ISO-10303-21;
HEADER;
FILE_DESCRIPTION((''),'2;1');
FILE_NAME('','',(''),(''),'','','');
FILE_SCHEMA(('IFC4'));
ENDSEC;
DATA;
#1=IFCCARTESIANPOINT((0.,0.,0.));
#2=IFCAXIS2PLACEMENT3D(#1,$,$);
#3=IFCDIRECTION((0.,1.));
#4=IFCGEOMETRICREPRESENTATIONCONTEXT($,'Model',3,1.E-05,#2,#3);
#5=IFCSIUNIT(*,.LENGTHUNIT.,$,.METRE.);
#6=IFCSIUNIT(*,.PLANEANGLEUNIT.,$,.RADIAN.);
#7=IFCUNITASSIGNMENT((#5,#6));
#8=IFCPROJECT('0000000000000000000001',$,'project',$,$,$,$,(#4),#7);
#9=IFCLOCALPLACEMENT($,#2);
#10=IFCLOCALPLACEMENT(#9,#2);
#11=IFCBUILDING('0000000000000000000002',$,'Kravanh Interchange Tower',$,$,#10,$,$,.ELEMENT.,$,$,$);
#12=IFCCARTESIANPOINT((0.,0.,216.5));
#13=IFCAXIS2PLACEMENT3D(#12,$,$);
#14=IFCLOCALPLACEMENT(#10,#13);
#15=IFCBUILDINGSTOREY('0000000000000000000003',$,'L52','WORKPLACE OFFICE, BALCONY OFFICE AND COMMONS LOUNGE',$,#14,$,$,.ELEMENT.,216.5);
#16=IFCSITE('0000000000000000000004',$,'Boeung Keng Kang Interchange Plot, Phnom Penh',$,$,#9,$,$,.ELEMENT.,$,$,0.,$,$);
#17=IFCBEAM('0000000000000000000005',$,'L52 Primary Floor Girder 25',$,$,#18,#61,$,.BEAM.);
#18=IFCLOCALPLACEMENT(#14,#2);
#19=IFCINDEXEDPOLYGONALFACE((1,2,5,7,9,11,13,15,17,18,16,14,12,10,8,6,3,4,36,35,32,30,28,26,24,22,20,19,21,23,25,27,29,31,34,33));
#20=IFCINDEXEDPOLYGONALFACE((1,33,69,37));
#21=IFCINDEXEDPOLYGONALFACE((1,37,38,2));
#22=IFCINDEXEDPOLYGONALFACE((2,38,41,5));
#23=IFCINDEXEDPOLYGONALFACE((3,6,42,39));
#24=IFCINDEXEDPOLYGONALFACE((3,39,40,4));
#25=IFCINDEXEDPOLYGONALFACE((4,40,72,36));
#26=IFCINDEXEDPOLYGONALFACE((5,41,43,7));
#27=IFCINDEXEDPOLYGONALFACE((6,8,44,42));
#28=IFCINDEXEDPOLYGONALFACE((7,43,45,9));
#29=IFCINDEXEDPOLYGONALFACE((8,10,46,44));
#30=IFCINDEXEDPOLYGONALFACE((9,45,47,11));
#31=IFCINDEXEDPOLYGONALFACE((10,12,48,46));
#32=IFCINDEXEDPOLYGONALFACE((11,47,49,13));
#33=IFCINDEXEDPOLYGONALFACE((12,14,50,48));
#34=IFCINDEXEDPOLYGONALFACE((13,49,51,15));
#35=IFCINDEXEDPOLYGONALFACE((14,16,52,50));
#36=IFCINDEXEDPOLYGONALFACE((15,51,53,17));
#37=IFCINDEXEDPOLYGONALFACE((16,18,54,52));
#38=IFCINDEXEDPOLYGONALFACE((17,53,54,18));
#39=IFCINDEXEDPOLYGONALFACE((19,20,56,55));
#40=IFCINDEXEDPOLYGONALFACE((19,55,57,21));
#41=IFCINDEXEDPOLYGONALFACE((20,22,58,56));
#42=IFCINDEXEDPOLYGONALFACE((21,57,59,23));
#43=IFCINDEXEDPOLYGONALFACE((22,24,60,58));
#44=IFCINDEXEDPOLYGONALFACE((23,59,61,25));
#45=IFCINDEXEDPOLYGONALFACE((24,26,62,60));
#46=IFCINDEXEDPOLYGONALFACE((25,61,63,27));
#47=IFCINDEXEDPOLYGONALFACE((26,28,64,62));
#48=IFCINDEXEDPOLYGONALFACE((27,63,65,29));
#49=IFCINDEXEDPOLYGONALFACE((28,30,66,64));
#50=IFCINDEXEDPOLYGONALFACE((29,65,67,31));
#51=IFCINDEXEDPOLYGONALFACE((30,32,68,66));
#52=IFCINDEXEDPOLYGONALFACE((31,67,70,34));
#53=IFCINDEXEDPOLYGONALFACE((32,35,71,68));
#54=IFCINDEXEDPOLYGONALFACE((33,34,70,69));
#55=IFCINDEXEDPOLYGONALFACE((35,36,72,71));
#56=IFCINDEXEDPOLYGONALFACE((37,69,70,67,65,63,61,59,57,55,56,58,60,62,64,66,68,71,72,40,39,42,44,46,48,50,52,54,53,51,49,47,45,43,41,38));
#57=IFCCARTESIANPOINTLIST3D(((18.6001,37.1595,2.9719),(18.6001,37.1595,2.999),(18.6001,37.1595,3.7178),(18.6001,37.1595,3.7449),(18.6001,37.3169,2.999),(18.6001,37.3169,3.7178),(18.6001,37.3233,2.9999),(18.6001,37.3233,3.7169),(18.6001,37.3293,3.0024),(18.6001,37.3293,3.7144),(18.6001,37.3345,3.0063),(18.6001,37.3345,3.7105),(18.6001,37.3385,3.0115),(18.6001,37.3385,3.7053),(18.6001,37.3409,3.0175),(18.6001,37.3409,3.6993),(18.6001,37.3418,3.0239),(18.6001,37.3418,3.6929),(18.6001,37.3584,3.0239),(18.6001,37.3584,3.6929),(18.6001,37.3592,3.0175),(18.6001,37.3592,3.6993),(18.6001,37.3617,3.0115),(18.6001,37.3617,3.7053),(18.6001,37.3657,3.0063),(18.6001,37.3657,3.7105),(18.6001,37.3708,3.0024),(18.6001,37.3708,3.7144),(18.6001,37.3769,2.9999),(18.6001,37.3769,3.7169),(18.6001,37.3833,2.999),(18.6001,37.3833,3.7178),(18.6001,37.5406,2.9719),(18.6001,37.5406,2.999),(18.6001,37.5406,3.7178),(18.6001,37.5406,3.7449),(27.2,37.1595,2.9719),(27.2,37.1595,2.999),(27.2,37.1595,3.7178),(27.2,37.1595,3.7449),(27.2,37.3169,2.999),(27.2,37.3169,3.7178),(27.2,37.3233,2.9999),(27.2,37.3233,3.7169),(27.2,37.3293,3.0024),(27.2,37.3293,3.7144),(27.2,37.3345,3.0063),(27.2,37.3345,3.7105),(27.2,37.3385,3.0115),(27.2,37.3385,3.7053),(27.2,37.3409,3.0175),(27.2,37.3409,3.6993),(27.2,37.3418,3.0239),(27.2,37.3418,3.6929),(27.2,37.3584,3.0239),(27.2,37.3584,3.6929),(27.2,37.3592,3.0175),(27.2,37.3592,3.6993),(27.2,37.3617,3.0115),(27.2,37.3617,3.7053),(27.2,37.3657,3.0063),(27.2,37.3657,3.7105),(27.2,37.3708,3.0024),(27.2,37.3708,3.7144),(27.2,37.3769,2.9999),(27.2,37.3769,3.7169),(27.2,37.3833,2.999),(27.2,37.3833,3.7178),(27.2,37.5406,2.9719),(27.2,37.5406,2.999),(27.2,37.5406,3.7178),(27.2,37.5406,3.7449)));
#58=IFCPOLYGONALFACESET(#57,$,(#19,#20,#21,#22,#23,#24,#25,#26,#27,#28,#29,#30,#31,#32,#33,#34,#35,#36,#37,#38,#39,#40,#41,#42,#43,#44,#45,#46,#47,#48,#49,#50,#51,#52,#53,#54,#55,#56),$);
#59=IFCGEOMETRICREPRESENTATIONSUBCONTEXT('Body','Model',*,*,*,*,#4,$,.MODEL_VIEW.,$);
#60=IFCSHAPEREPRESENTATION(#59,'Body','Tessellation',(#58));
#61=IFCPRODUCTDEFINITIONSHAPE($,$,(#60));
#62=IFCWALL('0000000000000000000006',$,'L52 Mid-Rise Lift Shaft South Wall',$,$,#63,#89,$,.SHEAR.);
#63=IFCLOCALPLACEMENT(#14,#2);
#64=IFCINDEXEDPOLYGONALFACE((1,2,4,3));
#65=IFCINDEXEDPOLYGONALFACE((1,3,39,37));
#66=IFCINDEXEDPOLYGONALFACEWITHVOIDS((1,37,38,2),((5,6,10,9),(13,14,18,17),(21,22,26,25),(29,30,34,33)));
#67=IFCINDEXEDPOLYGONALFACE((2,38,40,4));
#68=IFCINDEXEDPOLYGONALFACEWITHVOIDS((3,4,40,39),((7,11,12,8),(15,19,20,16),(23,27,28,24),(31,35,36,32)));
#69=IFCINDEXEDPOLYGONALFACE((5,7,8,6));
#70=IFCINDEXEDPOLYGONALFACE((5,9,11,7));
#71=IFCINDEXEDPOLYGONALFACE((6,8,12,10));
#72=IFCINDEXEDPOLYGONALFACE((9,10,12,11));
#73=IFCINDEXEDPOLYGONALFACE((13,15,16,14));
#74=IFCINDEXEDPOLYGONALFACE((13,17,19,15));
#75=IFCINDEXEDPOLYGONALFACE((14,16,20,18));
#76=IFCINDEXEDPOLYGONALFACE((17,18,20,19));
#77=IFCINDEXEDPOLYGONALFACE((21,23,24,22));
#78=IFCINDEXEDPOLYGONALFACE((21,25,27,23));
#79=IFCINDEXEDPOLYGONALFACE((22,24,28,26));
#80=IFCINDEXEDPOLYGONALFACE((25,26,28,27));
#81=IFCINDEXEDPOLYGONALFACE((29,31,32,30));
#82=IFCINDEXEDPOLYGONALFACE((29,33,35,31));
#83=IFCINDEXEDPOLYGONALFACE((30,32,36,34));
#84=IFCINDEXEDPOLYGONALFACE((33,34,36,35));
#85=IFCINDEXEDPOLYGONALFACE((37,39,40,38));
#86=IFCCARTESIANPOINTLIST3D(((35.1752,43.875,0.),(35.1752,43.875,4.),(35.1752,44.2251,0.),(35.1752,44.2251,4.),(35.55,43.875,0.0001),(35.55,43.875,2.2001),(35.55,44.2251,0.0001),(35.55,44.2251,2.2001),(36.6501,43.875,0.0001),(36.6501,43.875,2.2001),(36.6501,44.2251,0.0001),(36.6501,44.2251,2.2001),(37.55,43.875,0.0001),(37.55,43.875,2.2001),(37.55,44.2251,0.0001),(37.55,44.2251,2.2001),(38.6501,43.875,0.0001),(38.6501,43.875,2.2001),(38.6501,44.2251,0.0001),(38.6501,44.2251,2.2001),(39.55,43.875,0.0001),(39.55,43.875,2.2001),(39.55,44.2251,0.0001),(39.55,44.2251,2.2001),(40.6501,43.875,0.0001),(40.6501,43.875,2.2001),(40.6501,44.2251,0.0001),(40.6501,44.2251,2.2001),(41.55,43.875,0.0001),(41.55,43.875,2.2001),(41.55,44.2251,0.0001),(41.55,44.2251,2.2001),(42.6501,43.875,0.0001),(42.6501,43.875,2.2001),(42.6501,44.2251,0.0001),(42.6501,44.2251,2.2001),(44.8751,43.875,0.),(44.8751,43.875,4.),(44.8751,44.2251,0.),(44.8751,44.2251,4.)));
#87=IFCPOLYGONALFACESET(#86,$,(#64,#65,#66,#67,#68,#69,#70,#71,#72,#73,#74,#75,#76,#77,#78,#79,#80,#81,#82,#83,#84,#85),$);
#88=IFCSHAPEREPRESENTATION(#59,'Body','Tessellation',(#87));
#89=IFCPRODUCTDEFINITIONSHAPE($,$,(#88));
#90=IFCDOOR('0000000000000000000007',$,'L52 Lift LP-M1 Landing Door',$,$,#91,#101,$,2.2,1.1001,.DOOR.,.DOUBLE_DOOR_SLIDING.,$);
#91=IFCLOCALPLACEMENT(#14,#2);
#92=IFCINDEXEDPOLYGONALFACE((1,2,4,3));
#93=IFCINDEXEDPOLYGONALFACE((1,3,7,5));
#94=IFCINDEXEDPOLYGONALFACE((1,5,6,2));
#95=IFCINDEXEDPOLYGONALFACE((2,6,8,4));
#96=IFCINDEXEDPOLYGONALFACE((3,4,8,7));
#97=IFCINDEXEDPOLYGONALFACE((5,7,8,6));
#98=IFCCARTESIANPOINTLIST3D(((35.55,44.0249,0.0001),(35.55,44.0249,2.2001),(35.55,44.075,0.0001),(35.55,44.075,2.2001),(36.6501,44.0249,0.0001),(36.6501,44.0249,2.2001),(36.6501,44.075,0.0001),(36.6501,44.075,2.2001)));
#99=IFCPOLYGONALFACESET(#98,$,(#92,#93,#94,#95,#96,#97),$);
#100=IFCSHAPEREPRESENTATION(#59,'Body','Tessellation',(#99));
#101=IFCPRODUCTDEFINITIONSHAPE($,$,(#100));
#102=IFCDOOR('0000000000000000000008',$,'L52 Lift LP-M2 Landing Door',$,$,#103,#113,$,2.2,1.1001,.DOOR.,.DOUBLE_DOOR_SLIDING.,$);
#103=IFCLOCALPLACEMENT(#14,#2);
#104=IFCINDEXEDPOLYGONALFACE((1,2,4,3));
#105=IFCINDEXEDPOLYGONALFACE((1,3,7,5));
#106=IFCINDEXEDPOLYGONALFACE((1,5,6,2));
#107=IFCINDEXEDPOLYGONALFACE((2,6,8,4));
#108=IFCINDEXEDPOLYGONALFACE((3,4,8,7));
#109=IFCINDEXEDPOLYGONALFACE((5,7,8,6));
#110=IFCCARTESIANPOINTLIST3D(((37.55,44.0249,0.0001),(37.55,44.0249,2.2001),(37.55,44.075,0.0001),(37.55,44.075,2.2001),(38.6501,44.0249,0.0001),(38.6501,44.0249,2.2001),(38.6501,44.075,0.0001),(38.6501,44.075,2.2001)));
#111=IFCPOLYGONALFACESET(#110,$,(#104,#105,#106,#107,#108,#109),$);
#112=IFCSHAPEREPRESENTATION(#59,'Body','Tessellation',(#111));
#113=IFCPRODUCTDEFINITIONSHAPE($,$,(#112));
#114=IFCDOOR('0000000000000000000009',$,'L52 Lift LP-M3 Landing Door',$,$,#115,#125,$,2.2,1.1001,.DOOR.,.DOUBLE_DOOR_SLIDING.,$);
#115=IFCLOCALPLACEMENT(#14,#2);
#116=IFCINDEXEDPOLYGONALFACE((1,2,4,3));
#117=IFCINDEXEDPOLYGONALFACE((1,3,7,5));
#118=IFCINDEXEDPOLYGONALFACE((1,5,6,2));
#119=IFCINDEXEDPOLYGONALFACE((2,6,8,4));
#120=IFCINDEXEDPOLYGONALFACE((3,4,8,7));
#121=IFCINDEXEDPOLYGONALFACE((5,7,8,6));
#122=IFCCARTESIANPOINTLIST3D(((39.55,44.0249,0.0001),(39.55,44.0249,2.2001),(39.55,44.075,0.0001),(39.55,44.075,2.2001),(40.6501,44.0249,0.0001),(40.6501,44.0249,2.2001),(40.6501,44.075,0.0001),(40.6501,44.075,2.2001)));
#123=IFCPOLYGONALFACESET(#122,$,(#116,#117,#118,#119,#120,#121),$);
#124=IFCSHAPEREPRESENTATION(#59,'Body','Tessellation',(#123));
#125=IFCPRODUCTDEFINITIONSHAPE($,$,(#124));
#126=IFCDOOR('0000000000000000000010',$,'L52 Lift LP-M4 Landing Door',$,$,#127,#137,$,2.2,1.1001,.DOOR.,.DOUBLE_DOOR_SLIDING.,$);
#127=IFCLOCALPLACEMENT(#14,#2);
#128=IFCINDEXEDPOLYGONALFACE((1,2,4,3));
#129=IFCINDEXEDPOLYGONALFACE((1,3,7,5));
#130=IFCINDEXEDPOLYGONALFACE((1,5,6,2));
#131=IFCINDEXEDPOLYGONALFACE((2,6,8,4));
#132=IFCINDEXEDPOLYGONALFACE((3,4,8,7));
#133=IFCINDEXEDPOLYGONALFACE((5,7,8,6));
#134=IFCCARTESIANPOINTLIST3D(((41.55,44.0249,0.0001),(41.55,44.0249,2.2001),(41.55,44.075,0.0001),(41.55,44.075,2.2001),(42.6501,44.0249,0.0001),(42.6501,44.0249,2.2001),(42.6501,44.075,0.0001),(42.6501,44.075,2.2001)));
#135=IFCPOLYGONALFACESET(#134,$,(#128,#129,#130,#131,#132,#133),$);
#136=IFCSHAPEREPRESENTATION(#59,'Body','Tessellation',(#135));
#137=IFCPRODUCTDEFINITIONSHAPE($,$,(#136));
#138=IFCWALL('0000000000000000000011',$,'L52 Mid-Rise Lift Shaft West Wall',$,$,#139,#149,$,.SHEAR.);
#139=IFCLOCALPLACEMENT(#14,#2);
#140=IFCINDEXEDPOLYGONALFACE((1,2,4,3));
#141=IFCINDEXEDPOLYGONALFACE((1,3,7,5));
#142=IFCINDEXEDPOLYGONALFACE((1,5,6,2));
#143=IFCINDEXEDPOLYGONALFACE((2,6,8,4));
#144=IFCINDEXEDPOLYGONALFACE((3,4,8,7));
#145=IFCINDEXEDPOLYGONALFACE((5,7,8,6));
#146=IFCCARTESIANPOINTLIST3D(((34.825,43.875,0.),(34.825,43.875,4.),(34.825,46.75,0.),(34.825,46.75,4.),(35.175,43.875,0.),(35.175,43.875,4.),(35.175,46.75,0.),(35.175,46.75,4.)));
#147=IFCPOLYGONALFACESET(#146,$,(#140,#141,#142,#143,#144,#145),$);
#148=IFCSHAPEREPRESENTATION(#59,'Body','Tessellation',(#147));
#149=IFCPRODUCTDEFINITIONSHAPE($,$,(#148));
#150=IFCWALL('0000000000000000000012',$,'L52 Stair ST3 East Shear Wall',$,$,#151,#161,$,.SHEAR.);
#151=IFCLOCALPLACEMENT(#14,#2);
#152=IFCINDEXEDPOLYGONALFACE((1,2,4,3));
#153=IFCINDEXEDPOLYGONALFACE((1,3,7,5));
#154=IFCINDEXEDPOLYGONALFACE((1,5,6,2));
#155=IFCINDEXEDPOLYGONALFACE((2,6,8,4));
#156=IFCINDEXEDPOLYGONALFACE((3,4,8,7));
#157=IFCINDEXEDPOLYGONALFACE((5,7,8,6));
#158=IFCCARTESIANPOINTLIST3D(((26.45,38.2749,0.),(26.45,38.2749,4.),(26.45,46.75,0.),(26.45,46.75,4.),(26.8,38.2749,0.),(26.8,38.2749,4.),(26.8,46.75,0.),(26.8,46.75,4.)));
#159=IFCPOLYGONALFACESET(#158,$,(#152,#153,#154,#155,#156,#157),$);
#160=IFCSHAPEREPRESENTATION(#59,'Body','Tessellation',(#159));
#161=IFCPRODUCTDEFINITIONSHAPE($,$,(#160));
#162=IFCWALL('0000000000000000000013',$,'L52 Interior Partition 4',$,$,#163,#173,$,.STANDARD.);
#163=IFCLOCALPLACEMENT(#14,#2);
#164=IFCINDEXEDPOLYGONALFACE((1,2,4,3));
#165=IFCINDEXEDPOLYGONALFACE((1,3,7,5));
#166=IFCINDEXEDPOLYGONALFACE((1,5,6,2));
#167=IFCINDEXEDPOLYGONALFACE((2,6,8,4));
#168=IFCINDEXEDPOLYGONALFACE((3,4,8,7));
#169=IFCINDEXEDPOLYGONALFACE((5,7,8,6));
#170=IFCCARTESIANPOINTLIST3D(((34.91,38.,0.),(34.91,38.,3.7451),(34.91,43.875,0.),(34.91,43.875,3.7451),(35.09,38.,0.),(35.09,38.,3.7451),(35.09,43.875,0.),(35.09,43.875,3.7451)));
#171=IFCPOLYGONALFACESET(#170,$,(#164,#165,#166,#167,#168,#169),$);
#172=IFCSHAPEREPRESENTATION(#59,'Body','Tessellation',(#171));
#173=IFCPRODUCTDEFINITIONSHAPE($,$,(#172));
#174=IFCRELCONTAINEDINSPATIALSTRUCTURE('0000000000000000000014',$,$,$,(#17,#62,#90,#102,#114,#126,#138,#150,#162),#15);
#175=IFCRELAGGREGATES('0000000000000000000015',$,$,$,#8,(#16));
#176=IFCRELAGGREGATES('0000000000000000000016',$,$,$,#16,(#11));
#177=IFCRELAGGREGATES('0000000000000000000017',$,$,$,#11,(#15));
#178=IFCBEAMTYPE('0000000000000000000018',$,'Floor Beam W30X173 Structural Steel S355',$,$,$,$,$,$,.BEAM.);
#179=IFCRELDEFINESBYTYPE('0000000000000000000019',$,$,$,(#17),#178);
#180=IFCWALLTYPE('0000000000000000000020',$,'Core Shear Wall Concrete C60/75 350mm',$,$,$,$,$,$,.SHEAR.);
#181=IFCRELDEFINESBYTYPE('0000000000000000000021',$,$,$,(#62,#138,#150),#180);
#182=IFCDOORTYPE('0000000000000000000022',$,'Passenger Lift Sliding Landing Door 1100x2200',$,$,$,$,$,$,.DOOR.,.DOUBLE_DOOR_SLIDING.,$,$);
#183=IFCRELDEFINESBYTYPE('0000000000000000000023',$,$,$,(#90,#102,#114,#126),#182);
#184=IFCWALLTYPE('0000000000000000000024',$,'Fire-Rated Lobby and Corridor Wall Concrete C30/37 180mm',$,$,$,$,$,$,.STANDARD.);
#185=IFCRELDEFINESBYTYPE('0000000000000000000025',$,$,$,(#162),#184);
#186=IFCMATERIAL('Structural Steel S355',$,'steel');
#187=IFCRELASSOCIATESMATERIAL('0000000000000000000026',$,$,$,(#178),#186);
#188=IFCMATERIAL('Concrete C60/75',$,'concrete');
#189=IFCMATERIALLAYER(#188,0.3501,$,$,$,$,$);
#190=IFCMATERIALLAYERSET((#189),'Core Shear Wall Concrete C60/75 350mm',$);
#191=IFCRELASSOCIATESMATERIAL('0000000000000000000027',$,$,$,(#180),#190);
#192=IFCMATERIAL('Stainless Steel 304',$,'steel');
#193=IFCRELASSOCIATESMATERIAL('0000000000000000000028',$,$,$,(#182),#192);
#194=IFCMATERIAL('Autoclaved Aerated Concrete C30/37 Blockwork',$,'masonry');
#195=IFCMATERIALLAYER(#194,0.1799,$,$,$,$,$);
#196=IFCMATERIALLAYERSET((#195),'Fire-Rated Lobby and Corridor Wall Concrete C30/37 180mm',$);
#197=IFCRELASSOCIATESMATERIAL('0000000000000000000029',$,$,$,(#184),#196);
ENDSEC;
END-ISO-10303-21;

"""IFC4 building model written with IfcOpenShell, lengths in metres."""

from ifc_helpers import new_model, si_unit, direction, frame, frame_2d, origin, origin_2d, place, context, subcontext, project, spatial, rectangle, i_section, extrude, material, layer, layer_set, material_profile, profile_set, type_object, element, fill, save


model = new_model("IFC4")

# Units and contexts
model_context = context("Model", 3, precision=1e-05, world=origin(), true_north=direction((0.0, 1.0)))
body_context = subcontext(model_context, "Body", "Model", "MODEL_VIEW")
ifc_project = project(units=[si_unit("LENGTHUNIT", "METRE"), si_unit("PLANEANGLEUNIT", "RADIAN")], contexts=[model_context])

# Site, building, storey
site_placement = place(None, origin())
site = spatial("IfcSite", under=ifc_project, at=site_placement, Name="Boeung Keng Kang Interchange Plot, Phnom Penh", CompositionType="ELEMENT", RefElevation=0.0)
building_placement = place(site_placement, origin())
building = spatial("IfcBuilding", under=site, at=building_placement, Name="Kravanh Interchange Tower", CompositionType="ELEMENT")
storey_placement = place(building_placement, frame((0.0, 0.0, 216.5)))
storey = spatial("IfcBuildingStorey", under=building, at=storey_placement, Name="L52", Description="WORKPLACE OFFICE, BALCONY OFFICE AND COMMONS LOUNGE", CompositionType="ELEMENT", Elevation=216.5)

# Beam
ifc_material_1 = material(Name="Structural Steel S355", Category="steel")
ifc_material_profile_1 = material_profile(ifc_material_1, i_section(OverallWidth=0.3811, OverallDepth=0.7729, WebThickness=0.0166, FlangeThickness=0.0271, FilletRadius=0.0249, at=origin_2d()), Name="W30X173")
ifc_profile_set_1 = profile_set([ifc_material_profile_1], Name="Structural Steel S355")
beam_type = type_object("IfcBeamType", Name="Floor Beam W30X173 Structural Steel S355", PredefinedType="BEAM", material=ifc_profile_set_1)
beam_1_placement = place(storey_placement, frame((27.2, 37.3501, 3.3584), z_axis=(-1.0, 0.0, 0.0), x_axis=(0.0, -1.0, 0.0)))
element("IfcBeam", 1, at=beam_1_placement, inside=storey, type_object=beam_type, Name="L52 Primary Floor Girder 25", PredefinedType="BEAM", context=body_context, shape_type="SweptSolid", body=[
    extrude(i_section(OverallWidth=0.3811, OverallDepth=0.7729, WebThickness=0.0166, FlangeThickness=0.0271, FilletRadius=0.0249, at=origin_2d()), origin(), (0.0, 0.0, 1.0), 8.5999),
])

# Wall, openings, doors
ifc_material_2 = material(Name="Concrete C60/75", Category="concrete")
ifc_layer_1 = layer(ifc_material_2, 0.3501)
ifc_layer_set_1 = layer_set([ifc_layer_1], Name="Core Shear Wall Concrete C60/75 350mm")
wall_type_1 = type_object("IfcWallType", Name="Core Shear Wall Concrete C60/75 350mm", PredefinedType="SHEAR", material=ifc_layer_set_1)
wall_1_placement = place(storey_placement, frame((35.175, 44.05, 0.0), z_axis=(0.0, 0.0, 1.0), x_axis=(1.0, 0.0, 0.0)))
wall_1 = element("IfcWall", 2, at=wall_1_placement, inside=storey, type_object=wall_type_1, Name="L52 Mid-Rise Lift Shaft South Wall", PredefinedType="SHEAR", context=body_context, shape_type="SweptSolid", body=[
    extrude(rectangle(XDim=9.7, YDim=0.3501, at=frame_2d((4.8501, 0.0))), origin(), (0.0, 0.0, 1.0), 4.0),
])
opening_1_placement = place(wall_1_placement, frame((0.375, 0.0, 0.0)))
opening_1 = element("IfcOpeningElement", 3, at=opening_1_placement, cuts=wall_1, PredefinedType="OPENING", context=body_context, shape_type="SweptSolid", body=[
    extrude(rectangle(XDim=1.1001, YDim=2.2, at=frame_2d((0.55, 1.1001))), frame((0.0, 0.1851, 0.0), z_axis=(0.0, -1.0, 0.0), x_axis=(1.0, 0.0, 0.0)), (0.0, 0.0, 1.0), 0.3701),
])
opening_2_placement = place(wall_1_placement, frame((2.375, 0.0, 0.0)))
opening_2 = element("IfcOpeningElement", 4, at=opening_2_placement, cuts=wall_1, PredefinedType="OPENING", context=body_context, shape_type="SweptSolid", body=[
    extrude(rectangle(XDim=1.1001, YDim=2.2, at=frame_2d((0.55, 1.1001))), frame((0.0, 0.1851, 0.0), z_axis=(0.0, -1.0, 0.0), x_axis=(1.0, 0.0, 0.0)), (0.0, 0.0, 1.0), 0.3701),
])
opening_3_placement = place(wall_1_placement, frame((4.375, 0.0, 0.0)))
opening_3 = element("IfcOpeningElement", 5, at=opening_3_placement, cuts=wall_1, PredefinedType="OPENING", context=body_context, shape_type="SweptSolid", body=[
    extrude(rectangle(XDim=1.1001, YDim=2.2, at=frame_2d((0.55, 1.1001))), frame((0.0, 0.1851, 0.0), z_axis=(0.0, -1.0, 0.0), x_axis=(1.0, 0.0, 0.0)), (0.0, 0.0, 1.0), 0.3701),
])
opening_4_placement = place(wall_1_placement, frame((6.375, 0.0, 0.0)))
opening_4 = element("IfcOpeningElement", 6, at=opening_4_placement, cuts=wall_1, PredefinedType="OPENING", context=body_context, shape_type="SweptSolid", body=[
    extrude(rectangle(XDim=1.1001, YDim=2.2, at=frame_2d((0.55, 1.1001))), frame((0.0, 0.1851, 0.0), z_axis=(0.0, -1.0, 0.0), x_axis=(1.0, 0.0, 0.0)), (0.0, 0.0, 1.0), 0.3701),
])
ifc_material_3 = material(Name="Stainless Steel 304", Category="steel")
door_type_1 = type_object("IfcDoorType", Name="Passenger Lift Sliding Landing Door 1100x2200", OperationType="DOUBLE_DOOR_SLIDING", PredefinedType="DOOR", material=ifc_material_3)
door_1_placement = place(opening_1_placement, origin())
door_1 = element("IfcDoor", 7, at=door_1_placement, inside=storey, type_object=door_type_1, Name="L52 Lift LP-M1 Landing Door", OperationType="DOUBLE_DOOR_SLIDING", OverallHeight=2.2, OverallWidth=1.1001, PredefinedType="DOOR", context=body_context, shape_type="SweptSolid", body=[
    extrude(rectangle(XDim=1.1001, YDim=2.2, at=frame_2d((0.55, 1.1001))), frame((0.0, 0.0249, 0.0), z_axis=(0.0, -1.0, 0.0), x_axis=(1.0, 0.0, 0.0)), (0.0, 0.0, 1.0), 0.05),
])
fill(opening_1, door_1)
door_2_placement = place(opening_2_placement, origin())
door_2 = element("IfcDoor", 8, at=door_2_placement, inside=storey, type_object=door_type_1, Name="L52 Lift LP-M2 Landing Door", OperationType="DOUBLE_DOOR_SLIDING", OverallHeight=2.2, OverallWidth=1.1001, PredefinedType="DOOR", context=body_context, shape_type="SweptSolid", body=[
    extrude(rectangle(XDim=1.1001, YDim=2.2, at=frame_2d((0.55, 1.1001))), frame((0.0, 0.0249, 0.0), z_axis=(0.0, -1.0, 0.0), x_axis=(1.0, 0.0, 0.0)), (0.0, 0.0, 1.0), 0.05),
])
fill(opening_2, door_2)
door_3_placement = place(opening_3_placement, origin())
door_3 = element("IfcDoor", 9, at=door_3_placement, inside=storey, type_object=door_type_1, Name="L52 Lift LP-M3 Landing Door", OperationType="DOUBLE_DOOR_SLIDING", OverallHeight=2.2, OverallWidth=1.1001, PredefinedType="DOOR", context=body_context, shape_type="SweptSolid", body=[
    extrude(rectangle(XDim=1.1001, YDim=2.2, at=frame_2d((0.55, 1.1001))), frame((0.0, 0.0249, 0.0), z_axis=(0.0, -1.0, 0.0), x_axis=(1.0, 0.0, 0.0)), (0.0, 0.0, 1.0), 0.05),
])
fill(opening_3, door_3)
door_4_placement = place(opening_4_placement, origin())
door_4 = element("IfcDoor", 10, at=door_4_placement, inside=storey, type_object=door_type_1, Name="L52 Lift LP-M4 Landing Door", OperationType="DOUBLE_DOOR_SLIDING", OverallHeight=2.2, OverallWidth=1.1001, PredefinedType="DOOR", context=body_context, shape_type="SweptSolid", body=[
    extrude(rectangle(XDim=1.1001, YDim=2.2, at=frame_2d((0.55, 1.1001))), frame((0.0, 0.0249, 0.0), z_axis=(0.0, -1.0, 0.0), x_axis=(1.0, 0.0, 0.0)), (0.0, 0.0, 1.0), 0.05),
])
fill(opening_4, door_4)

# Walls
wall_2_placement = place(storey_placement, frame((35.0, 43.875, 0.0), z_axis=(0.0, 0.0, 1.0), x_axis=(0.0, 1.0, 0.0)))
element("IfcWall", 11, at=wall_2_placement, inside=storey, type_object=wall_type_1, Name="L52 Mid-Rise Lift Shaft West Wall", PredefinedType="SHEAR", context=body_context, shape_type="SweptSolid", body=[
    extrude(rectangle(XDim=2.875, YDim=0.3501, at=frame_2d((1.4375, 0.0))), origin(), (0.0, 0.0, 1.0), 4.0),
])
wall_3_placement = place(storey_placement, frame((26.625, 38.2749, 0.0), z_axis=(0.0, 0.0, 1.0), x_axis=(0.0, 1.0, 0.0)))
element("IfcWall", 12, at=wall_3_placement, inside=storey, type_object=wall_type_1, Name="L52 Stair ST3 East Shear Wall", PredefinedType="SHEAR", context=body_context, shape_type="SweptSolid", body=[
    extrude(rectangle(XDim=8.4751, YDim=0.3501, at=frame_2d((4.2375, 0.0))), origin(), (0.0, 0.0, 1.0), 4.0),
])
ifc_material_4 = material(Name="Autoclaved Aerated Concrete C30/37 Blockwork", Category="masonry")
ifc_layer_2 = layer(ifc_material_4, 0.1799)
ifc_layer_set_2 = layer_set([ifc_layer_2], Name="Fire-Rated Lobby and Corridor Wall Concrete C30/37 180mm")
wall_type_2 = type_object("IfcWallType", Name="Fire-Rated Lobby and Corridor Wall Concrete C30/37 180mm", PredefinedType="STANDARD", material=ifc_layer_set_2)
wall_4_placement = place(storey_placement, frame((35.0, 38.0, 0.0), z_axis=(0.0, 0.0, 1.0), x_axis=(0.0, 1.0, 0.0)))
element("IfcWall", 13, at=wall_4_placement, inside=storey, type_object=wall_type_2, Name="L52 Interior Partition 4", PredefinedType="STANDARD", context=body_context, shape_type="SweptSolid", body=[
    extrude(rectangle(XDim=5.875, YDim=0.1799, at=frame_2d((2.9375, 0.0))), origin(), (0.0, 0.0, 1.0), 3.7451),
])

save(model, "model.ifc")
